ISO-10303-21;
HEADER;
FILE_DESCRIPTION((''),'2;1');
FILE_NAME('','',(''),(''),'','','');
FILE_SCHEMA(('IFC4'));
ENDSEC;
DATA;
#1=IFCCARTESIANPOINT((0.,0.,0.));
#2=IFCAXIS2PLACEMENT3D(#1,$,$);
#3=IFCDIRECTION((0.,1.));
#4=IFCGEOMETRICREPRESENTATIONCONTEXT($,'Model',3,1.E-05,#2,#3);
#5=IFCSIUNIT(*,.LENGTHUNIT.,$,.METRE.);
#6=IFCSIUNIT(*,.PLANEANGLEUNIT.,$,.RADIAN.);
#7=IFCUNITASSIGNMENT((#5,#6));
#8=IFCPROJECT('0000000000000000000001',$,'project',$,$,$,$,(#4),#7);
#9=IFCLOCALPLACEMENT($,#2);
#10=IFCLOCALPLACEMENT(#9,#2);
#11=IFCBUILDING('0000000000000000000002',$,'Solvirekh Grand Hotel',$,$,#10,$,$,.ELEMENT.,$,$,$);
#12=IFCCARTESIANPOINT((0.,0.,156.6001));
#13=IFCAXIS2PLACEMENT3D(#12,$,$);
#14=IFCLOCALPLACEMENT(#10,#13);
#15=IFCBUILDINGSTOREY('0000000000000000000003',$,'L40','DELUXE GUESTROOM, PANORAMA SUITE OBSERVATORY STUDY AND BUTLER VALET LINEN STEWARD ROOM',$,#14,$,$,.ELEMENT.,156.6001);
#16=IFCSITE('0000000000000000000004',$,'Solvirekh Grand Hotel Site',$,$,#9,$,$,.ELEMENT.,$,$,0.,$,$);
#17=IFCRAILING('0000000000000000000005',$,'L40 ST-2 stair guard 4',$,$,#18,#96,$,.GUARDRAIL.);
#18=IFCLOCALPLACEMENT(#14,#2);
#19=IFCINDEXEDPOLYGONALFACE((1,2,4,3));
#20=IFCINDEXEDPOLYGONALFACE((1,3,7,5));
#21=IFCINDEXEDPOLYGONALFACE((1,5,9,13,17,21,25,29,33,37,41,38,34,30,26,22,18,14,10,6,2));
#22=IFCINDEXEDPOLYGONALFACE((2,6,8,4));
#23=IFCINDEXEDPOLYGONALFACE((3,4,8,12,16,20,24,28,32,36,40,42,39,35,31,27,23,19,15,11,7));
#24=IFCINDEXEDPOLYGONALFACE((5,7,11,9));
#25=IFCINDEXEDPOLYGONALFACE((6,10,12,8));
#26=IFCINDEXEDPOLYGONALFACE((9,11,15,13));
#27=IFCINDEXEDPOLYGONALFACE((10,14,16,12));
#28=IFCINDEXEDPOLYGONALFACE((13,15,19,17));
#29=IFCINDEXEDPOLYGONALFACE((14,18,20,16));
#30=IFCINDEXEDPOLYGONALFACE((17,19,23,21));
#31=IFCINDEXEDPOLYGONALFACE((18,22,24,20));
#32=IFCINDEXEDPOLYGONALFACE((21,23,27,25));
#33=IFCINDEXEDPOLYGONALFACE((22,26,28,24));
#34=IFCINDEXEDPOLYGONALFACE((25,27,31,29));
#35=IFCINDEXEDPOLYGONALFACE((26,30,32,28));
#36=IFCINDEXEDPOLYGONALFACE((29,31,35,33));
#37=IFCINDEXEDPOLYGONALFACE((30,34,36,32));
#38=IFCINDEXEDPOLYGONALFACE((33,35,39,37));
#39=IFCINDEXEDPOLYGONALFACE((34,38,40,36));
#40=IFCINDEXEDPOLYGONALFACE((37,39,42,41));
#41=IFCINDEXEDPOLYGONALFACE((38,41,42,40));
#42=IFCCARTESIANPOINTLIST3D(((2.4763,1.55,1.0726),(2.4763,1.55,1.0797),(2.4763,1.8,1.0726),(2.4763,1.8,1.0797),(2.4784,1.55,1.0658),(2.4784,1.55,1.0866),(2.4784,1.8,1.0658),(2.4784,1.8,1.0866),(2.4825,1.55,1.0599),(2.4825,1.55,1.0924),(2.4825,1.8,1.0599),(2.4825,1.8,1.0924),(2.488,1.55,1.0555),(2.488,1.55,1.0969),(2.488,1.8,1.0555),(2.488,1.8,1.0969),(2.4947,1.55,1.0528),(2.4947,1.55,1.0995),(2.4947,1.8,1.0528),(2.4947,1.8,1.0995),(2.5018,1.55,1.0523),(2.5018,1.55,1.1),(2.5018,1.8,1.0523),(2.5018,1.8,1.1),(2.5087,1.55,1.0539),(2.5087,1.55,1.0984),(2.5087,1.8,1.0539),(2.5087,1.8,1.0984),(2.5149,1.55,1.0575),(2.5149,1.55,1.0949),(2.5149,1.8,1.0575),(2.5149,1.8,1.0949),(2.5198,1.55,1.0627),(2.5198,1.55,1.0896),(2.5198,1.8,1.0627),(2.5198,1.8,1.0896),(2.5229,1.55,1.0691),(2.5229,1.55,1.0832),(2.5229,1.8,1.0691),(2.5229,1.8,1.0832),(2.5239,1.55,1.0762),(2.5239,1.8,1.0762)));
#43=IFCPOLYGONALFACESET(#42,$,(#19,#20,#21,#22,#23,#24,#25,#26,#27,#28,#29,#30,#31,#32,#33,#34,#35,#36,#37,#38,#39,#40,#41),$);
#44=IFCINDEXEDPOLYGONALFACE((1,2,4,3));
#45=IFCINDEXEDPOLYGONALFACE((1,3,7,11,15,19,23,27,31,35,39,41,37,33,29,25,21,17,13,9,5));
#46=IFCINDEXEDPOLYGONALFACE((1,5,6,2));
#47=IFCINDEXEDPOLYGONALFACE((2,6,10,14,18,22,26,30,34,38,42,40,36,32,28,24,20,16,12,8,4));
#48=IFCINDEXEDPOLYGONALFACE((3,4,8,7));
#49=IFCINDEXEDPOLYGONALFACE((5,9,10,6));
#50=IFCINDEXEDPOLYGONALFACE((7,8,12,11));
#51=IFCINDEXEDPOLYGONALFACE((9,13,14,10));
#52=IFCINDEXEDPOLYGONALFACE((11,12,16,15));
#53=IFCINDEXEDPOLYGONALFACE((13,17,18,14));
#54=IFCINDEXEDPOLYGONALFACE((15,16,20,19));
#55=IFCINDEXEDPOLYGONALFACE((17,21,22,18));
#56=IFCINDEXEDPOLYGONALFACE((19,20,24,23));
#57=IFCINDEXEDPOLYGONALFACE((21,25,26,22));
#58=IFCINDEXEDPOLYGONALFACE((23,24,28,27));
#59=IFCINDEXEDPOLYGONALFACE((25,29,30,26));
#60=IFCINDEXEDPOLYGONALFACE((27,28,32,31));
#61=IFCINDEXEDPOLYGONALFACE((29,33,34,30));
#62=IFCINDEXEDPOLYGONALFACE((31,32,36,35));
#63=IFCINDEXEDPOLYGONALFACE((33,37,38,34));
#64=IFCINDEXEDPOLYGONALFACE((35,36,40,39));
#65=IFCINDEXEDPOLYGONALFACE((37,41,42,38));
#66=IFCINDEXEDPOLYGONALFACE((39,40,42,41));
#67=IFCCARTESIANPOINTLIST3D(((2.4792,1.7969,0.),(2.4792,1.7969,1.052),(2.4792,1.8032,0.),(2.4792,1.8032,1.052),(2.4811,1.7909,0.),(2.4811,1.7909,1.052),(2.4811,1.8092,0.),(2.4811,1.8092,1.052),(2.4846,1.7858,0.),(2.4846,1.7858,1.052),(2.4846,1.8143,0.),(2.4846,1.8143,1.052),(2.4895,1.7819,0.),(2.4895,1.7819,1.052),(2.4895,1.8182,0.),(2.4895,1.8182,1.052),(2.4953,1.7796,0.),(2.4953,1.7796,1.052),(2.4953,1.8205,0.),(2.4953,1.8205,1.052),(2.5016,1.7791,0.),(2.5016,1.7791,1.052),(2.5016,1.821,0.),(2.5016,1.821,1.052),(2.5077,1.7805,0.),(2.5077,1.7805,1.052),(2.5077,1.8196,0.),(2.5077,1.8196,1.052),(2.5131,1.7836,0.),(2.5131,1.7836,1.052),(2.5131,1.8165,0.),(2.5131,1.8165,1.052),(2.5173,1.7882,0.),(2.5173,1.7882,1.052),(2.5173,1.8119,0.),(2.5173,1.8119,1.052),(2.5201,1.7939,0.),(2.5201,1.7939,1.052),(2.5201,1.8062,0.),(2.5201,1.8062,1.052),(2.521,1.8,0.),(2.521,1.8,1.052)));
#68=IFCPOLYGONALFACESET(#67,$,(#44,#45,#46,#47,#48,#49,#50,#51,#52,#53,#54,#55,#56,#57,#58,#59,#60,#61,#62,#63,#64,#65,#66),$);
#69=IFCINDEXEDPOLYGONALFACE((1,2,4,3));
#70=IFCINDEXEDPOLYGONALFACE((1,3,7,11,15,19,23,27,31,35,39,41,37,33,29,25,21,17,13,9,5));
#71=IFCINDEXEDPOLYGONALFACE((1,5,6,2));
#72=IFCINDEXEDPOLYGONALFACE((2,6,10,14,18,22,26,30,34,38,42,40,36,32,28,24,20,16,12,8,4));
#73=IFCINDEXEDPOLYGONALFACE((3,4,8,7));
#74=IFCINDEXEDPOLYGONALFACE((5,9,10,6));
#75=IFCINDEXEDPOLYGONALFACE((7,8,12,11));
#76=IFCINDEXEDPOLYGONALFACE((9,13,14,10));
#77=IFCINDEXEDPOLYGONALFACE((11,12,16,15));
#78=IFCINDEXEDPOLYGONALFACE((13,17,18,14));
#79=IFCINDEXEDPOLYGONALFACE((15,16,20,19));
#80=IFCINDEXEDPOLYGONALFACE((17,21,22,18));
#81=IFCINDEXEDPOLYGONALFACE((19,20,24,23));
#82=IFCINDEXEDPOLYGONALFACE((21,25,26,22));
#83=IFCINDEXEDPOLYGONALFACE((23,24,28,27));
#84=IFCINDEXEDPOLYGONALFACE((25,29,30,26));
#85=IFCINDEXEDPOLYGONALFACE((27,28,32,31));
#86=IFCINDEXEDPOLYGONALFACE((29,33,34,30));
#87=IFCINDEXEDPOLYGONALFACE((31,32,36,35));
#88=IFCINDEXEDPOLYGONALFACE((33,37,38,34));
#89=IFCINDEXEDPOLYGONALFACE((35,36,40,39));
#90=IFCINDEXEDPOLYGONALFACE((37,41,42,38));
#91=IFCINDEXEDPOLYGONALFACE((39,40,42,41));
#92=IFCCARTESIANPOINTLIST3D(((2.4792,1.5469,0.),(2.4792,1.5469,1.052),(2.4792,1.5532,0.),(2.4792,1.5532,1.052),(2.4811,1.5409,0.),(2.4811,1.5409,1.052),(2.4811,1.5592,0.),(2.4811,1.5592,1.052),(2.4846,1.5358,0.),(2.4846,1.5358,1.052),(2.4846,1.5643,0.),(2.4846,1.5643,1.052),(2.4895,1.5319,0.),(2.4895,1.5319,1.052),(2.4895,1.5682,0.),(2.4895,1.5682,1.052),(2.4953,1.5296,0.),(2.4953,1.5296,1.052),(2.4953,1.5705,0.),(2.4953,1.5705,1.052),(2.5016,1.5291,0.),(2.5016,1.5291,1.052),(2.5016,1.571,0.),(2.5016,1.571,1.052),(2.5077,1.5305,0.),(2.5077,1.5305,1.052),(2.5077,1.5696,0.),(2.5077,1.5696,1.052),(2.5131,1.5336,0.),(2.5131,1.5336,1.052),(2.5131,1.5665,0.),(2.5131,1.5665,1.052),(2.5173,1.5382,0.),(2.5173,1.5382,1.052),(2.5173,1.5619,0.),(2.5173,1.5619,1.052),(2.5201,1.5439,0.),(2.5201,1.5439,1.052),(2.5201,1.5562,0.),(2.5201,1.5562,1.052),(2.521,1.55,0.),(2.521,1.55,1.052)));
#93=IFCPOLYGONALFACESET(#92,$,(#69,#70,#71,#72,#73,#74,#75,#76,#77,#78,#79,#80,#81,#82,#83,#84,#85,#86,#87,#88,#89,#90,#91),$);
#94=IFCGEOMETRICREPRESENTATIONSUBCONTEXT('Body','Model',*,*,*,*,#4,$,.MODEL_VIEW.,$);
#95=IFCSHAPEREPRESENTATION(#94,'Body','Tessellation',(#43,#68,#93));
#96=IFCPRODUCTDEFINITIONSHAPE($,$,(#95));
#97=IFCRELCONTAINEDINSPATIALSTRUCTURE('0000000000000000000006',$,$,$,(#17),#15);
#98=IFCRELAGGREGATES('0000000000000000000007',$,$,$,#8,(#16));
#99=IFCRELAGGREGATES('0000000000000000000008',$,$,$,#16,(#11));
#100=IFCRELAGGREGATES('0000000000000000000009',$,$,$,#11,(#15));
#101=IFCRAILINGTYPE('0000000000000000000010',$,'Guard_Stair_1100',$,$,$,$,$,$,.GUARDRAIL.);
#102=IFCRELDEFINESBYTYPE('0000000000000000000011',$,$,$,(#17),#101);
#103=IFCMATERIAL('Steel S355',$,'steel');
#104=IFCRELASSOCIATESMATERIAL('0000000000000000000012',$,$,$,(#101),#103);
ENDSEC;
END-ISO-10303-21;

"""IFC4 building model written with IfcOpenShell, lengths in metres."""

from ifc_helpers import new_model, si_unit, direction, frame, origin, origin_2d, place, context, subcontext, project, spatial, circle, extrude, material, type_object, element, save


model = new_model("IFC4")

# Units and contexts
model_context = context("Model", 3, precision=1e-05, world=origin(), true_north=direction((0.0, 1.0)))
body_context = subcontext(model_context, "Body", "Model", "MODEL_VIEW")
ifc_project = project(units=[si_unit("LENGTHUNIT", "METRE"), si_unit("PLANEANGLEUNIT", "RADIAN")], contexts=[model_context])

# Site, building, storey
site_placement = place(None, origin())
site = spatial("IfcSite", under=ifc_project, at=site_placement, Name="Solvirekh Grand Hotel Site", CompositionType="ELEMENT", RefElevation=0.0)
building_placement = place(site_placement, origin())
building = spatial("IfcBuilding", under=site, at=building_placement, Name="Solvirekh Grand Hotel", CompositionType="ELEMENT")
storey_placement = place(building_placement, frame((0.0, 0.0, 156.6001)))
storey = spatial("IfcBuildingStorey", under=building, at=storey_placement, Name="L40", Description="DELUXE GUESTROOM, PANORAMA SUITE OBSERVATORY STUDY AND BUTLER VALET LINEN STEWARD ROOM", CompositionType="ELEMENT", Elevation=156.6001)

# Shared definitions
ifc_material_1 = material(Name="Steel S355", Category="steel")

# Railing
railing_type_1 = type_object("IfcRailingType", Name="Guard_Stair_1100", PredefinedType="GUARDRAIL", material=ifc_material_1)
railing_1_placement = place(storey_placement, frame((2.5, 1.8, 0.0)))
element("IfcRailing", 1, at=railing_1_placement, inside=storey, type_object=railing_type_1, Name="L40 ST-2 stair guard 4", PredefinedType="GUARDRAIL", context=body_context, shape_type="SweptSolid", body=[
    extrude(circle(Radius=0.0239, at=origin_2d()), frame((0.0, 0.0, 1.0762), z_axis=(0.0, -1.0, 0.0), x_axis=(1.0, 0.0, 0.0)), (0.0, 0.0, 1.0), 0.25),
    extrude(circle(Radius=0.021, at=origin_2d()), origin(), (0.0, 0.0, 1.0), 1.052),
    extrude(circle(Radius=0.021, at=origin_2d()), frame((0.0, -0.25, 0.0)), (0.0, 0.0, 1.0), 1.052),
])

save(model, "model.ifc")
